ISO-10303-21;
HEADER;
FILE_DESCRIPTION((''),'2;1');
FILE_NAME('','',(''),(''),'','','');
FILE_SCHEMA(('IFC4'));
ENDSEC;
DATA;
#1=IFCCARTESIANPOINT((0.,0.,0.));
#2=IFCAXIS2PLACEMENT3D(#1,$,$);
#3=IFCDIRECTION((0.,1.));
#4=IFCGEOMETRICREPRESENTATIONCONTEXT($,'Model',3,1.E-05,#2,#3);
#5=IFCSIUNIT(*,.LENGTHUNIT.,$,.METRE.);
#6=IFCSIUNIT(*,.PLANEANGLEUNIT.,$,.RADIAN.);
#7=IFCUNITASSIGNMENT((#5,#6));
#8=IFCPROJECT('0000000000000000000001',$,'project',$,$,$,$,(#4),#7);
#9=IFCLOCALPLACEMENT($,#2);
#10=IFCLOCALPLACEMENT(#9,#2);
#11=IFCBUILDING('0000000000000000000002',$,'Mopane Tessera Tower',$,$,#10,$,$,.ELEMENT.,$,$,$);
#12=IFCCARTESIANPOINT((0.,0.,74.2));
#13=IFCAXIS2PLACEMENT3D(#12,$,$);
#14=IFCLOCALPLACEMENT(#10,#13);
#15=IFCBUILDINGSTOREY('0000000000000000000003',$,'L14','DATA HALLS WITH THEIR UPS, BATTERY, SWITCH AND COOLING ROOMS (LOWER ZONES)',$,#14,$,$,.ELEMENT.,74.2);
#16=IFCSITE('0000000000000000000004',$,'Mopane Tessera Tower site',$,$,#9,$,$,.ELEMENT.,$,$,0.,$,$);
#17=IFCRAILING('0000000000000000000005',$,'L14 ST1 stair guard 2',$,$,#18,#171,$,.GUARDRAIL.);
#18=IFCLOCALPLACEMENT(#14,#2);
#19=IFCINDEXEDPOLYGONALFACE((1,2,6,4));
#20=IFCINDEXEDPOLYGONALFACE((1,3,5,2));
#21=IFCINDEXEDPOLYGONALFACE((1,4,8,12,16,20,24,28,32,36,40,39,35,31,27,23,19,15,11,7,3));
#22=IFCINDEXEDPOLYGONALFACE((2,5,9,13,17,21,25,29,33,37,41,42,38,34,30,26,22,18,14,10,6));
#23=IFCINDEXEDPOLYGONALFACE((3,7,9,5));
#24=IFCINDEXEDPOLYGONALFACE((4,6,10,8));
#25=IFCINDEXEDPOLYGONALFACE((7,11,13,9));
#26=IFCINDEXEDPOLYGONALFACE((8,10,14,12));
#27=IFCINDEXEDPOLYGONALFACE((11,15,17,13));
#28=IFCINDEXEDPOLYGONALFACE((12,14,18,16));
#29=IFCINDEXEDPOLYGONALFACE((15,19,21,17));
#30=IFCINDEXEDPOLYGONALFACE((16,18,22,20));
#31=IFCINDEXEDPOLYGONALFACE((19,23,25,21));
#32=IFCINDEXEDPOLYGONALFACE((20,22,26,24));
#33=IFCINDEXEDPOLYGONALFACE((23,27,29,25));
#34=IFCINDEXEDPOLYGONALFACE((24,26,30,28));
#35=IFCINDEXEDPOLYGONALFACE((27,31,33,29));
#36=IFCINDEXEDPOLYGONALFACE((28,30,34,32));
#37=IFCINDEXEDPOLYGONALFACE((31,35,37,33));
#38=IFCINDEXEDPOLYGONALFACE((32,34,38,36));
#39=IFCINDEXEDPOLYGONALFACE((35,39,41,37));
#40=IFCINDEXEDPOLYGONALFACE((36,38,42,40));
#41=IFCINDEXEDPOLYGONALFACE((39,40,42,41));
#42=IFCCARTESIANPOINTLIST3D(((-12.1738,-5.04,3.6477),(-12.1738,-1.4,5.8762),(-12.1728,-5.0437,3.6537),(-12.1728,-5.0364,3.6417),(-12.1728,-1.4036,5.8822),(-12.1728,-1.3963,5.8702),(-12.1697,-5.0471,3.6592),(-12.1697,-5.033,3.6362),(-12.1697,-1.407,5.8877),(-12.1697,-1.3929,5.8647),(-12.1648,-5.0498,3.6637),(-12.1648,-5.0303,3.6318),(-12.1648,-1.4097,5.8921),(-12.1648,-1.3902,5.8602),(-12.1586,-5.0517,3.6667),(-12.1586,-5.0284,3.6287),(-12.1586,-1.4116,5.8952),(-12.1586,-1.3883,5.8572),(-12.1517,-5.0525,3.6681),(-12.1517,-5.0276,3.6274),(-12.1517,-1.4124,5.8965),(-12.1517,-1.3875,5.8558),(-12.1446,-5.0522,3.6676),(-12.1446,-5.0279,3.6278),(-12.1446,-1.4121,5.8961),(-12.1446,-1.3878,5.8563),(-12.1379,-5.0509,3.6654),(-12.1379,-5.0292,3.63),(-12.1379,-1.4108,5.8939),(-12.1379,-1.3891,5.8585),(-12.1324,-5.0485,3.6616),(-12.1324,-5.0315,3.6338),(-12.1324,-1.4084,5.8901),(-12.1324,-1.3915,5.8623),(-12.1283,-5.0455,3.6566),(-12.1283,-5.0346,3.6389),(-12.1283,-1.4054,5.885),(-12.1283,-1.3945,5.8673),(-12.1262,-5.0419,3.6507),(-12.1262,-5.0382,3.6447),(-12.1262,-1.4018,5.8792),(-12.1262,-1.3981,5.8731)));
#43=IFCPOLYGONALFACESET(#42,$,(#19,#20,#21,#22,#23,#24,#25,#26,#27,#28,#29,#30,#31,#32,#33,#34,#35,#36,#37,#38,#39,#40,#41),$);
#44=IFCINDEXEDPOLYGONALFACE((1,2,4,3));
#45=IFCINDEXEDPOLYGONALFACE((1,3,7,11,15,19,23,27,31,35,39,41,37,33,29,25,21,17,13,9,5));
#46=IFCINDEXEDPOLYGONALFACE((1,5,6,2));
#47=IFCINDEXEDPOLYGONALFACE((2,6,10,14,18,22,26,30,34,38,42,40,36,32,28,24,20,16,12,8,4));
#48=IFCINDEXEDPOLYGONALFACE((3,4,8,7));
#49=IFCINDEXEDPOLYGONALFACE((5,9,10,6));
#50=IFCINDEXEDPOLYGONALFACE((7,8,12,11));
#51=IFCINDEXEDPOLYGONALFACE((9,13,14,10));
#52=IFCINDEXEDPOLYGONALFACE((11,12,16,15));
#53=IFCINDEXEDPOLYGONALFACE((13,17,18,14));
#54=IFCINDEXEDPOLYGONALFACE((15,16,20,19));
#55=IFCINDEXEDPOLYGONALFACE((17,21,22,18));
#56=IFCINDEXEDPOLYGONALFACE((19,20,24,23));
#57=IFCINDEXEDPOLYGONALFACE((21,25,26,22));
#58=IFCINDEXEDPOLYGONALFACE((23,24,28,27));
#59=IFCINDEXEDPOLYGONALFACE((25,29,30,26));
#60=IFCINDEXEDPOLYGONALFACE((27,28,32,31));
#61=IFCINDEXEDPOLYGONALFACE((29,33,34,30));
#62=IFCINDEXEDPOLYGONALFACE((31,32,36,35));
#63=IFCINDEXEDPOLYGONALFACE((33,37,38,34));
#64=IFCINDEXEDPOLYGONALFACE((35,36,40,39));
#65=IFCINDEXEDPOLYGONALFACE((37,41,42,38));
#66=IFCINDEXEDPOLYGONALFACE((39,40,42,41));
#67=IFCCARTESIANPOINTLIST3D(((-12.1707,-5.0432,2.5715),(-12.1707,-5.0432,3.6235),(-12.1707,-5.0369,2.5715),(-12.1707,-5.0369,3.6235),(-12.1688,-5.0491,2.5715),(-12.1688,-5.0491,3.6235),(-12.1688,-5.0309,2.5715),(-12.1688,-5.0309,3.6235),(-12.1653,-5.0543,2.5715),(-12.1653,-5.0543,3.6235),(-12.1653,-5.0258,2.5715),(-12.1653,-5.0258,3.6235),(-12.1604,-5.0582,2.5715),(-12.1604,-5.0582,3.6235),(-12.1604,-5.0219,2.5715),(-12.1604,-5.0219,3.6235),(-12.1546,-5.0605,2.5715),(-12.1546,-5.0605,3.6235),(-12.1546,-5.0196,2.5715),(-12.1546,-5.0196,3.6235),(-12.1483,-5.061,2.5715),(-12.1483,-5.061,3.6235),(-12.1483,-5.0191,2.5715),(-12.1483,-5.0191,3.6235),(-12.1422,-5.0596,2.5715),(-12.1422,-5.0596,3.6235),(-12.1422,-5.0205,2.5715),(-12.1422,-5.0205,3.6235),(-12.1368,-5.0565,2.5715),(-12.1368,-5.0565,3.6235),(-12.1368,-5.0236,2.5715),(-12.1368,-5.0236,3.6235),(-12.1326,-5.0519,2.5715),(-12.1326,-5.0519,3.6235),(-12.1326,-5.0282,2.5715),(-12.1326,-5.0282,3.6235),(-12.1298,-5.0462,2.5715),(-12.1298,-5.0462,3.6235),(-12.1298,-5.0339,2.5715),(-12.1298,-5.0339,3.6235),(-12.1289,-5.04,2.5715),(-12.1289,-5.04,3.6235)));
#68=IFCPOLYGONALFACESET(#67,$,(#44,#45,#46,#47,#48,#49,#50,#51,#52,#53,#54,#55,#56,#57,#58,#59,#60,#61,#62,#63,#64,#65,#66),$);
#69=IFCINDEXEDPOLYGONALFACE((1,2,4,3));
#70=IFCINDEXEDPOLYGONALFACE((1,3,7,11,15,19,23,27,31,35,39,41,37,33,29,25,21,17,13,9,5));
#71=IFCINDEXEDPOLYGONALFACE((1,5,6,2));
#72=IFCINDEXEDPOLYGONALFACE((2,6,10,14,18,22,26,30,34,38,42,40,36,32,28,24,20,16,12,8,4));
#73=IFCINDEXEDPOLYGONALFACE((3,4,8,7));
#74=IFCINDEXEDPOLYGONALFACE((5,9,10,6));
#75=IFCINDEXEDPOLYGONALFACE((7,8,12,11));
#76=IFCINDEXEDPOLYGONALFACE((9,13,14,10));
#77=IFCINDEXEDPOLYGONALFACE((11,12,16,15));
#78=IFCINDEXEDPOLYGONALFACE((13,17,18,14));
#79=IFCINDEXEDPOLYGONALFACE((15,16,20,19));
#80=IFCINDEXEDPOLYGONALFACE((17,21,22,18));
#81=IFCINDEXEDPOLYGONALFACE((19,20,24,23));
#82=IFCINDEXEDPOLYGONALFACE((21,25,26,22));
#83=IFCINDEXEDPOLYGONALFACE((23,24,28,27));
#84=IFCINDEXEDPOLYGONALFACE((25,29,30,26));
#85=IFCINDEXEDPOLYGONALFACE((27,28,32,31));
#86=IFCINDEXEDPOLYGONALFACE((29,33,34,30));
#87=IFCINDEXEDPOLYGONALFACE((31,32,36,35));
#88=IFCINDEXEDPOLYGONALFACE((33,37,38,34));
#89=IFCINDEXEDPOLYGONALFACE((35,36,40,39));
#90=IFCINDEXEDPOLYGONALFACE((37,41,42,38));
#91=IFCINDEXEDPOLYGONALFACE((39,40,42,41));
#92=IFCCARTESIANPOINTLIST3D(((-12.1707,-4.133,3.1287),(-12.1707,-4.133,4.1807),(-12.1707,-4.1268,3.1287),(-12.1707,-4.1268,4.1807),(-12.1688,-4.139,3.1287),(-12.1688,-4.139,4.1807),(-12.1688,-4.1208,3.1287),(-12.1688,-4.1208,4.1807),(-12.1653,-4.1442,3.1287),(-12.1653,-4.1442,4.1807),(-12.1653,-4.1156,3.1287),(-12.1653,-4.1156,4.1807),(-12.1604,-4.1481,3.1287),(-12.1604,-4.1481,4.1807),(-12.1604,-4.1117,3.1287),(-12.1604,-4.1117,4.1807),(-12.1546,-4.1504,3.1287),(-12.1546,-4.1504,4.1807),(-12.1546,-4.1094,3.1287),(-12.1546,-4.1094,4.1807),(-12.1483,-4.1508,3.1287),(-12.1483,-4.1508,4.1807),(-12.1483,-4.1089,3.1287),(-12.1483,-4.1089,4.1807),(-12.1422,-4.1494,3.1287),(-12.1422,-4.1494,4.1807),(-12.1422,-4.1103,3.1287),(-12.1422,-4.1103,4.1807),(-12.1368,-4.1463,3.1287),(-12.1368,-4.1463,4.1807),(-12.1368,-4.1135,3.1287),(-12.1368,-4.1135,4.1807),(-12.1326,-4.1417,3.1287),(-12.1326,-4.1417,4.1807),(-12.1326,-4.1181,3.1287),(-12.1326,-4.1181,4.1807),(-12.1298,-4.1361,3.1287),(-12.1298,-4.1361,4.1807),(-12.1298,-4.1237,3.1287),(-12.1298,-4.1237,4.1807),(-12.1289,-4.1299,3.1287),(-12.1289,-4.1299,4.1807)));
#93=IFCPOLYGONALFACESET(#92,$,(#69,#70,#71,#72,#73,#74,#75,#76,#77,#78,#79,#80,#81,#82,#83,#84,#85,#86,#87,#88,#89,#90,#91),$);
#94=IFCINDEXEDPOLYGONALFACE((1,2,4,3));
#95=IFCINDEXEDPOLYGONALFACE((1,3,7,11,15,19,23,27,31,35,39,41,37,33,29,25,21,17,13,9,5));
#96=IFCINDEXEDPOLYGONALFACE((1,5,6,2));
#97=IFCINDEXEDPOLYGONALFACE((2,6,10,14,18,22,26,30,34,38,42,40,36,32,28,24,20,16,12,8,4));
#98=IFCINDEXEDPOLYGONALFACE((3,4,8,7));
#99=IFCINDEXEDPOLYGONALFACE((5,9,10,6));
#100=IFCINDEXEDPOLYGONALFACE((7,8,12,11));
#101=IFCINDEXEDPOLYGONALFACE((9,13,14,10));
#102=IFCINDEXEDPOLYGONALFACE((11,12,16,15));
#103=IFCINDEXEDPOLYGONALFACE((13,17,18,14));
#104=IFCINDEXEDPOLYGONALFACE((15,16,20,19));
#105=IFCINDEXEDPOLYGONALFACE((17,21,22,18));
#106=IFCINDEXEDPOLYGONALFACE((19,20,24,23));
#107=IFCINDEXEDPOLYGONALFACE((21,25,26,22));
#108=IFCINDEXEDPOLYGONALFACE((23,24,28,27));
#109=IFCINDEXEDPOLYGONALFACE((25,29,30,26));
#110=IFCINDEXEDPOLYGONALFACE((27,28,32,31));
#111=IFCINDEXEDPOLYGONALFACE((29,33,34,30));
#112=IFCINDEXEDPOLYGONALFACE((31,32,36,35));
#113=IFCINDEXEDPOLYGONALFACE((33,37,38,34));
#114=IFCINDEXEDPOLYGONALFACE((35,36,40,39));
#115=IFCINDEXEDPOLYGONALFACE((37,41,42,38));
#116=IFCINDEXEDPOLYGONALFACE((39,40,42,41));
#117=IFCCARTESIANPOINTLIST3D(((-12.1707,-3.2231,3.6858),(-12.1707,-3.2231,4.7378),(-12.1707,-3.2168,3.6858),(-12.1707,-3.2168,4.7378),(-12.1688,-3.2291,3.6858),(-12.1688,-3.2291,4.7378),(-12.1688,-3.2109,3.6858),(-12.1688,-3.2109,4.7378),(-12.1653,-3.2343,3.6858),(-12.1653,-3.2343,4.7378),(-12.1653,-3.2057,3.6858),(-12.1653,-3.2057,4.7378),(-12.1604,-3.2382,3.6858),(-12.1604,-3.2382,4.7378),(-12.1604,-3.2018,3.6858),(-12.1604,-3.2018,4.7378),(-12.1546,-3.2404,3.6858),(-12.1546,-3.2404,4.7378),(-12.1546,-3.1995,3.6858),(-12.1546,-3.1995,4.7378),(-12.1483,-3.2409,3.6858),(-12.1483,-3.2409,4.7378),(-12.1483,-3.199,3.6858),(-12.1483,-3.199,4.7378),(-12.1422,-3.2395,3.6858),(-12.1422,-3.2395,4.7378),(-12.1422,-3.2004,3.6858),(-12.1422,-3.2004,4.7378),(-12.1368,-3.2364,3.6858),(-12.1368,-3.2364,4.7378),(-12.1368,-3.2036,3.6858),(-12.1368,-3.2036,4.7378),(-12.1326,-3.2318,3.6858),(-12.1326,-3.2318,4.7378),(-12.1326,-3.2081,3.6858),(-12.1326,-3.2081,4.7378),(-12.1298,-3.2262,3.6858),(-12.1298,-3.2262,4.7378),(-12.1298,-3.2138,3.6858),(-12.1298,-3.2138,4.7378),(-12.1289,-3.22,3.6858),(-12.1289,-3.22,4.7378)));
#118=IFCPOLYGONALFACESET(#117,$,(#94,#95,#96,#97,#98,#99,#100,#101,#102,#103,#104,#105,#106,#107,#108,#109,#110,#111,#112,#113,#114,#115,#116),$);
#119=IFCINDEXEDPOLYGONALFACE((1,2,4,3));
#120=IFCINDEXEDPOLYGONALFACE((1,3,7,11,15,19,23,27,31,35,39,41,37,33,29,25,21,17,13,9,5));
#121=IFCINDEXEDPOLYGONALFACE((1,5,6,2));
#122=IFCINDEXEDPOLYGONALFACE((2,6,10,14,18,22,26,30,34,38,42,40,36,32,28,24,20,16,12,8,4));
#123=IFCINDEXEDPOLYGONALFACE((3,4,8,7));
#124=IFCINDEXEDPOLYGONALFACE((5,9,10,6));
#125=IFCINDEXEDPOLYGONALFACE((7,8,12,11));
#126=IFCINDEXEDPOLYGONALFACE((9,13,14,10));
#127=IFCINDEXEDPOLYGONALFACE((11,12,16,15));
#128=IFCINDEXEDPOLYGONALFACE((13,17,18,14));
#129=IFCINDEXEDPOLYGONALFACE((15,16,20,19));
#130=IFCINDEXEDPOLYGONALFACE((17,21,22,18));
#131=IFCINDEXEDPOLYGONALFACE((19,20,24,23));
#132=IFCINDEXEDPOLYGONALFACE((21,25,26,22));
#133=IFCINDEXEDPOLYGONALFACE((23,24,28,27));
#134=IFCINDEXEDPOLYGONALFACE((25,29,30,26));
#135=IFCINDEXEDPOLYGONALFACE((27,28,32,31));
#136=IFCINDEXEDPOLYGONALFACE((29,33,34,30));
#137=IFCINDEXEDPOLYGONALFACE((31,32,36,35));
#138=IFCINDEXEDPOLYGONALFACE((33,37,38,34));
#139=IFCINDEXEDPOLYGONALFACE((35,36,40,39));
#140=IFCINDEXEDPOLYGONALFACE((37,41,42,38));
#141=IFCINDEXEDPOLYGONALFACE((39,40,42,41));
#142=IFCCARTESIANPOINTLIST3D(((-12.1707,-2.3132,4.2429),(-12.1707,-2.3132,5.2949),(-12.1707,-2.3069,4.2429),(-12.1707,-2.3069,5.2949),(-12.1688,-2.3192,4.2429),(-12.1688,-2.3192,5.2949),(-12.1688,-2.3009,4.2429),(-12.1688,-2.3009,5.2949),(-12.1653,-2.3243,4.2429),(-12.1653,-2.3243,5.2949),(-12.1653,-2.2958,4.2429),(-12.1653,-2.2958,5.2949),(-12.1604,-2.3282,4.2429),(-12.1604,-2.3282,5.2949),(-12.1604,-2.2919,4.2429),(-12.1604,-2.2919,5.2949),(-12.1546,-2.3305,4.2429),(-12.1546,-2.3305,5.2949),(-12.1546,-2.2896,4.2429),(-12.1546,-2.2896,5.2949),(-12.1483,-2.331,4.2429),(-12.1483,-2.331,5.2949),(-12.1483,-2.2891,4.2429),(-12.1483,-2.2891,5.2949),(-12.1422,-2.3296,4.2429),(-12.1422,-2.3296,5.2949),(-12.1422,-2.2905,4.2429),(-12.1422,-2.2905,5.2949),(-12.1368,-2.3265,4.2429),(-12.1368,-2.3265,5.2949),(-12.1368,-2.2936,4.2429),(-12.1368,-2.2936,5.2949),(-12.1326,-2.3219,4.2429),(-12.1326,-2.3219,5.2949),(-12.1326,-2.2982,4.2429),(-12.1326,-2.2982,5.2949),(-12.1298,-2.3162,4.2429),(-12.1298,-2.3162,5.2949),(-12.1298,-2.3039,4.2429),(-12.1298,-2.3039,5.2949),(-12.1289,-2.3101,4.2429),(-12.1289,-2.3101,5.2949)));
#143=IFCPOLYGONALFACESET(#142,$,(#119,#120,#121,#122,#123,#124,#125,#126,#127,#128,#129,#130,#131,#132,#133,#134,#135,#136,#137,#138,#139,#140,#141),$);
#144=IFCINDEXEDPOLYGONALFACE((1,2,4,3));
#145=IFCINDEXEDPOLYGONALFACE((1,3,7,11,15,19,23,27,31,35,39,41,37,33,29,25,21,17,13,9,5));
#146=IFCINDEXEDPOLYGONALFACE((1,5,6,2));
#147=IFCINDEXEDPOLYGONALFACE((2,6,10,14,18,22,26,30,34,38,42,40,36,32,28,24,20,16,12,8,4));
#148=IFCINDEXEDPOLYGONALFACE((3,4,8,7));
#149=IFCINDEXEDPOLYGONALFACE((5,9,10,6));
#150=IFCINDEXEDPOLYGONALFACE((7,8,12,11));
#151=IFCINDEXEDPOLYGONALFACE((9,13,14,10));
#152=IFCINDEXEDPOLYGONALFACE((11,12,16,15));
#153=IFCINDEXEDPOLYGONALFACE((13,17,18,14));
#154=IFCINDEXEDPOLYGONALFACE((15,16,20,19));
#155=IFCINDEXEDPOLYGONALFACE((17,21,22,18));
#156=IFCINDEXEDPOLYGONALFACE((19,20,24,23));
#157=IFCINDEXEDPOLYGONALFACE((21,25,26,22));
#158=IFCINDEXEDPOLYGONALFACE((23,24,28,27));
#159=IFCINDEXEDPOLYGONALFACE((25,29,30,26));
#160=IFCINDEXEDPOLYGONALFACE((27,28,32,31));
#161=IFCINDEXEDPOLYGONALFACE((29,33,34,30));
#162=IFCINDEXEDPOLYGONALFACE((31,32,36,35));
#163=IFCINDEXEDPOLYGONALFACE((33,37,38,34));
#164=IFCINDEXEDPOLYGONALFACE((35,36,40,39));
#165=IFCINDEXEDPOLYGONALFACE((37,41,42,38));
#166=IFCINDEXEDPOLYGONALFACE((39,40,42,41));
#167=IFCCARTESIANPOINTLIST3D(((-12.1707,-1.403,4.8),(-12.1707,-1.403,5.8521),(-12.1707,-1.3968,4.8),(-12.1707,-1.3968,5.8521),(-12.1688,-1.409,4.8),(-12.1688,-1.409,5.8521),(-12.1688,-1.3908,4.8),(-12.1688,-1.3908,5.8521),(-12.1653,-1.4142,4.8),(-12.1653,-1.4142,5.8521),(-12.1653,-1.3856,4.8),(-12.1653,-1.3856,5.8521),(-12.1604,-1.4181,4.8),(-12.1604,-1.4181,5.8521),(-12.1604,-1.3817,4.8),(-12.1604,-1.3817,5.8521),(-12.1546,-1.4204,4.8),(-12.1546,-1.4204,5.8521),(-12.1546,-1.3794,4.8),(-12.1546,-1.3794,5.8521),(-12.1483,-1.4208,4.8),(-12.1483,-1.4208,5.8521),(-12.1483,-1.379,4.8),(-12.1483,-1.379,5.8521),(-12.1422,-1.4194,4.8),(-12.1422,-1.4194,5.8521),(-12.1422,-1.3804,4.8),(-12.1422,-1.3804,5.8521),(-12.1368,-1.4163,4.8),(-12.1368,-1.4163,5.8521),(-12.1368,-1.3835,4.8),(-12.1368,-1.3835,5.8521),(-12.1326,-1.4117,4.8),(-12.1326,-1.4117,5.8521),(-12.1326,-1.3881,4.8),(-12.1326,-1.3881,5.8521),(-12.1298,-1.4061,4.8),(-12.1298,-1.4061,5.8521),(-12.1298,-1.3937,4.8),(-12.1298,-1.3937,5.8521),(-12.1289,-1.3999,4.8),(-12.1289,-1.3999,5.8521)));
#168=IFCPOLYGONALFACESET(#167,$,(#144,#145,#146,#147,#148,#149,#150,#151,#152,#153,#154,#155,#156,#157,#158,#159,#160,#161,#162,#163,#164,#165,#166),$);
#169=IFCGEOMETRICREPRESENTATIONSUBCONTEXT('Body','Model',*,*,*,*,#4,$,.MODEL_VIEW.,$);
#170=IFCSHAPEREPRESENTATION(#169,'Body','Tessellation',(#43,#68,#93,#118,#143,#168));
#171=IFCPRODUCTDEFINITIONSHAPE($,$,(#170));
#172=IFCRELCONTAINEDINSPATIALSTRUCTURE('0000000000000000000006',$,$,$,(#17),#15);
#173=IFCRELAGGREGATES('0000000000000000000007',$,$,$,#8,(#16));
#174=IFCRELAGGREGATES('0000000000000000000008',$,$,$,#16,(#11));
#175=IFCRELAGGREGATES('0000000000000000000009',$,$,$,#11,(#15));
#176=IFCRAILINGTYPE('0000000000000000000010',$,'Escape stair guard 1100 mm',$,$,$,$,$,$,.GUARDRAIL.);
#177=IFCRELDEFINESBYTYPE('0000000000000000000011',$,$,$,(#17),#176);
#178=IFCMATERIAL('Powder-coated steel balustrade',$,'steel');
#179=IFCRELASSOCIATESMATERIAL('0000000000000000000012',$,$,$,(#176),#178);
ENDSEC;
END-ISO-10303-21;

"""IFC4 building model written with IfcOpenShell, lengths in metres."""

from ifc_helpers import new_model, si_unit, direction, frame, origin, origin_2d, place, context, subcontext, project, spatial, circle, extrude, material, type_object, element, save


model = new_model("IFC4")

# Units and contexts
model_context = context("Model", 3, precision=1e-05, world=origin(), true_north=direction((0.0, 1.0)))
body_context = subcontext(model_context, "Body", "Model", "MODEL_VIEW")
ifc_project = project(units=[si_unit("LENGTHUNIT", "METRE"), si_unit("PLANEANGLEUNIT", "RADIAN")], contexts=[model_context])

# Site, building, storey
site_placement = place(None, origin())
site = spatial("IfcSite", under=ifc_project, at=site_placement, Name="Mopane Tessera Tower site", CompositionType="ELEMENT", RefElevation=0.0)
building_placement = place(site_placement, origin())
building = spatial("IfcBuilding", under=site, at=building_placement, Name="Mopane Tessera Tower", CompositionType="ELEMENT")
storey_placement = place(building_placement, frame((0.0, 0.0, 74.2)))
storey = spatial("IfcBuildingStorey", under=building, at=storey_placement, Name="L14", Description="DATA HALLS WITH THEIR UPS, BATTERY, SWITCH AND COOLING ROOMS (LOWER ZONES)", CompositionType="ELEMENT", Elevation=74.2)

# Railing
ifc_material_1 = material(Name="Powder-coated steel balustrade", Category="steel")
railing_type_1 = type_object("IfcRailingType", Name="Escape stair guard 1100 mm", PredefinedType="GUARDRAIL", material=ifc_material_1)
railing_1_placement = place(storey_placement, frame((-12.1499, -5.04, 2.5715)))
element("IfcRailing", 1, at=railing_1_placement, inside=storey, type_object=railing_type_1, Name="L14 ST1 stair guard 2", PredefinedType="GUARDRAIL", context=body_context, shape_type="SweptSolid", body=[
    extrude(circle(Radius=0.0239, at=origin_2d()), frame((0.0, 0.0, 1.0762), z_axis=(0.0, 0.852866, 0.52213), x_axis=(-1.0, 0.0, 0.0)), (0.0, 0.0, 1.0), 4.2681),
    extrude(circle(Radius=0.021, at=origin_2d()), origin(), (0.0, 0.0, 1.0), 1.052),
    extrude(circle(Radius=0.021, at=origin_2d()), frame((0.0, 0.9102, 0.5571)), (0.0, 0.0, 1.0), 1.052),
    extrude(circle(Radius=0.021, at=origin_2d()), frame((0.0, 1.8201, 1.1143)), (0.0, 0.0, 1.0), 1.052),
    extrude(circle(Radius=0.021, at=origin_2d()), frame((0.0, 2.73, 1.6714)), (0.0, 0.0, 1.0), 1.052),
    extrude(circle(Radius=0.021, at=origin_2d()), frame((0.0, 3.6401, 2.2285)), (0.0, 0.0, 1.0), 1.052),
])

save(model, "model.ifc")
